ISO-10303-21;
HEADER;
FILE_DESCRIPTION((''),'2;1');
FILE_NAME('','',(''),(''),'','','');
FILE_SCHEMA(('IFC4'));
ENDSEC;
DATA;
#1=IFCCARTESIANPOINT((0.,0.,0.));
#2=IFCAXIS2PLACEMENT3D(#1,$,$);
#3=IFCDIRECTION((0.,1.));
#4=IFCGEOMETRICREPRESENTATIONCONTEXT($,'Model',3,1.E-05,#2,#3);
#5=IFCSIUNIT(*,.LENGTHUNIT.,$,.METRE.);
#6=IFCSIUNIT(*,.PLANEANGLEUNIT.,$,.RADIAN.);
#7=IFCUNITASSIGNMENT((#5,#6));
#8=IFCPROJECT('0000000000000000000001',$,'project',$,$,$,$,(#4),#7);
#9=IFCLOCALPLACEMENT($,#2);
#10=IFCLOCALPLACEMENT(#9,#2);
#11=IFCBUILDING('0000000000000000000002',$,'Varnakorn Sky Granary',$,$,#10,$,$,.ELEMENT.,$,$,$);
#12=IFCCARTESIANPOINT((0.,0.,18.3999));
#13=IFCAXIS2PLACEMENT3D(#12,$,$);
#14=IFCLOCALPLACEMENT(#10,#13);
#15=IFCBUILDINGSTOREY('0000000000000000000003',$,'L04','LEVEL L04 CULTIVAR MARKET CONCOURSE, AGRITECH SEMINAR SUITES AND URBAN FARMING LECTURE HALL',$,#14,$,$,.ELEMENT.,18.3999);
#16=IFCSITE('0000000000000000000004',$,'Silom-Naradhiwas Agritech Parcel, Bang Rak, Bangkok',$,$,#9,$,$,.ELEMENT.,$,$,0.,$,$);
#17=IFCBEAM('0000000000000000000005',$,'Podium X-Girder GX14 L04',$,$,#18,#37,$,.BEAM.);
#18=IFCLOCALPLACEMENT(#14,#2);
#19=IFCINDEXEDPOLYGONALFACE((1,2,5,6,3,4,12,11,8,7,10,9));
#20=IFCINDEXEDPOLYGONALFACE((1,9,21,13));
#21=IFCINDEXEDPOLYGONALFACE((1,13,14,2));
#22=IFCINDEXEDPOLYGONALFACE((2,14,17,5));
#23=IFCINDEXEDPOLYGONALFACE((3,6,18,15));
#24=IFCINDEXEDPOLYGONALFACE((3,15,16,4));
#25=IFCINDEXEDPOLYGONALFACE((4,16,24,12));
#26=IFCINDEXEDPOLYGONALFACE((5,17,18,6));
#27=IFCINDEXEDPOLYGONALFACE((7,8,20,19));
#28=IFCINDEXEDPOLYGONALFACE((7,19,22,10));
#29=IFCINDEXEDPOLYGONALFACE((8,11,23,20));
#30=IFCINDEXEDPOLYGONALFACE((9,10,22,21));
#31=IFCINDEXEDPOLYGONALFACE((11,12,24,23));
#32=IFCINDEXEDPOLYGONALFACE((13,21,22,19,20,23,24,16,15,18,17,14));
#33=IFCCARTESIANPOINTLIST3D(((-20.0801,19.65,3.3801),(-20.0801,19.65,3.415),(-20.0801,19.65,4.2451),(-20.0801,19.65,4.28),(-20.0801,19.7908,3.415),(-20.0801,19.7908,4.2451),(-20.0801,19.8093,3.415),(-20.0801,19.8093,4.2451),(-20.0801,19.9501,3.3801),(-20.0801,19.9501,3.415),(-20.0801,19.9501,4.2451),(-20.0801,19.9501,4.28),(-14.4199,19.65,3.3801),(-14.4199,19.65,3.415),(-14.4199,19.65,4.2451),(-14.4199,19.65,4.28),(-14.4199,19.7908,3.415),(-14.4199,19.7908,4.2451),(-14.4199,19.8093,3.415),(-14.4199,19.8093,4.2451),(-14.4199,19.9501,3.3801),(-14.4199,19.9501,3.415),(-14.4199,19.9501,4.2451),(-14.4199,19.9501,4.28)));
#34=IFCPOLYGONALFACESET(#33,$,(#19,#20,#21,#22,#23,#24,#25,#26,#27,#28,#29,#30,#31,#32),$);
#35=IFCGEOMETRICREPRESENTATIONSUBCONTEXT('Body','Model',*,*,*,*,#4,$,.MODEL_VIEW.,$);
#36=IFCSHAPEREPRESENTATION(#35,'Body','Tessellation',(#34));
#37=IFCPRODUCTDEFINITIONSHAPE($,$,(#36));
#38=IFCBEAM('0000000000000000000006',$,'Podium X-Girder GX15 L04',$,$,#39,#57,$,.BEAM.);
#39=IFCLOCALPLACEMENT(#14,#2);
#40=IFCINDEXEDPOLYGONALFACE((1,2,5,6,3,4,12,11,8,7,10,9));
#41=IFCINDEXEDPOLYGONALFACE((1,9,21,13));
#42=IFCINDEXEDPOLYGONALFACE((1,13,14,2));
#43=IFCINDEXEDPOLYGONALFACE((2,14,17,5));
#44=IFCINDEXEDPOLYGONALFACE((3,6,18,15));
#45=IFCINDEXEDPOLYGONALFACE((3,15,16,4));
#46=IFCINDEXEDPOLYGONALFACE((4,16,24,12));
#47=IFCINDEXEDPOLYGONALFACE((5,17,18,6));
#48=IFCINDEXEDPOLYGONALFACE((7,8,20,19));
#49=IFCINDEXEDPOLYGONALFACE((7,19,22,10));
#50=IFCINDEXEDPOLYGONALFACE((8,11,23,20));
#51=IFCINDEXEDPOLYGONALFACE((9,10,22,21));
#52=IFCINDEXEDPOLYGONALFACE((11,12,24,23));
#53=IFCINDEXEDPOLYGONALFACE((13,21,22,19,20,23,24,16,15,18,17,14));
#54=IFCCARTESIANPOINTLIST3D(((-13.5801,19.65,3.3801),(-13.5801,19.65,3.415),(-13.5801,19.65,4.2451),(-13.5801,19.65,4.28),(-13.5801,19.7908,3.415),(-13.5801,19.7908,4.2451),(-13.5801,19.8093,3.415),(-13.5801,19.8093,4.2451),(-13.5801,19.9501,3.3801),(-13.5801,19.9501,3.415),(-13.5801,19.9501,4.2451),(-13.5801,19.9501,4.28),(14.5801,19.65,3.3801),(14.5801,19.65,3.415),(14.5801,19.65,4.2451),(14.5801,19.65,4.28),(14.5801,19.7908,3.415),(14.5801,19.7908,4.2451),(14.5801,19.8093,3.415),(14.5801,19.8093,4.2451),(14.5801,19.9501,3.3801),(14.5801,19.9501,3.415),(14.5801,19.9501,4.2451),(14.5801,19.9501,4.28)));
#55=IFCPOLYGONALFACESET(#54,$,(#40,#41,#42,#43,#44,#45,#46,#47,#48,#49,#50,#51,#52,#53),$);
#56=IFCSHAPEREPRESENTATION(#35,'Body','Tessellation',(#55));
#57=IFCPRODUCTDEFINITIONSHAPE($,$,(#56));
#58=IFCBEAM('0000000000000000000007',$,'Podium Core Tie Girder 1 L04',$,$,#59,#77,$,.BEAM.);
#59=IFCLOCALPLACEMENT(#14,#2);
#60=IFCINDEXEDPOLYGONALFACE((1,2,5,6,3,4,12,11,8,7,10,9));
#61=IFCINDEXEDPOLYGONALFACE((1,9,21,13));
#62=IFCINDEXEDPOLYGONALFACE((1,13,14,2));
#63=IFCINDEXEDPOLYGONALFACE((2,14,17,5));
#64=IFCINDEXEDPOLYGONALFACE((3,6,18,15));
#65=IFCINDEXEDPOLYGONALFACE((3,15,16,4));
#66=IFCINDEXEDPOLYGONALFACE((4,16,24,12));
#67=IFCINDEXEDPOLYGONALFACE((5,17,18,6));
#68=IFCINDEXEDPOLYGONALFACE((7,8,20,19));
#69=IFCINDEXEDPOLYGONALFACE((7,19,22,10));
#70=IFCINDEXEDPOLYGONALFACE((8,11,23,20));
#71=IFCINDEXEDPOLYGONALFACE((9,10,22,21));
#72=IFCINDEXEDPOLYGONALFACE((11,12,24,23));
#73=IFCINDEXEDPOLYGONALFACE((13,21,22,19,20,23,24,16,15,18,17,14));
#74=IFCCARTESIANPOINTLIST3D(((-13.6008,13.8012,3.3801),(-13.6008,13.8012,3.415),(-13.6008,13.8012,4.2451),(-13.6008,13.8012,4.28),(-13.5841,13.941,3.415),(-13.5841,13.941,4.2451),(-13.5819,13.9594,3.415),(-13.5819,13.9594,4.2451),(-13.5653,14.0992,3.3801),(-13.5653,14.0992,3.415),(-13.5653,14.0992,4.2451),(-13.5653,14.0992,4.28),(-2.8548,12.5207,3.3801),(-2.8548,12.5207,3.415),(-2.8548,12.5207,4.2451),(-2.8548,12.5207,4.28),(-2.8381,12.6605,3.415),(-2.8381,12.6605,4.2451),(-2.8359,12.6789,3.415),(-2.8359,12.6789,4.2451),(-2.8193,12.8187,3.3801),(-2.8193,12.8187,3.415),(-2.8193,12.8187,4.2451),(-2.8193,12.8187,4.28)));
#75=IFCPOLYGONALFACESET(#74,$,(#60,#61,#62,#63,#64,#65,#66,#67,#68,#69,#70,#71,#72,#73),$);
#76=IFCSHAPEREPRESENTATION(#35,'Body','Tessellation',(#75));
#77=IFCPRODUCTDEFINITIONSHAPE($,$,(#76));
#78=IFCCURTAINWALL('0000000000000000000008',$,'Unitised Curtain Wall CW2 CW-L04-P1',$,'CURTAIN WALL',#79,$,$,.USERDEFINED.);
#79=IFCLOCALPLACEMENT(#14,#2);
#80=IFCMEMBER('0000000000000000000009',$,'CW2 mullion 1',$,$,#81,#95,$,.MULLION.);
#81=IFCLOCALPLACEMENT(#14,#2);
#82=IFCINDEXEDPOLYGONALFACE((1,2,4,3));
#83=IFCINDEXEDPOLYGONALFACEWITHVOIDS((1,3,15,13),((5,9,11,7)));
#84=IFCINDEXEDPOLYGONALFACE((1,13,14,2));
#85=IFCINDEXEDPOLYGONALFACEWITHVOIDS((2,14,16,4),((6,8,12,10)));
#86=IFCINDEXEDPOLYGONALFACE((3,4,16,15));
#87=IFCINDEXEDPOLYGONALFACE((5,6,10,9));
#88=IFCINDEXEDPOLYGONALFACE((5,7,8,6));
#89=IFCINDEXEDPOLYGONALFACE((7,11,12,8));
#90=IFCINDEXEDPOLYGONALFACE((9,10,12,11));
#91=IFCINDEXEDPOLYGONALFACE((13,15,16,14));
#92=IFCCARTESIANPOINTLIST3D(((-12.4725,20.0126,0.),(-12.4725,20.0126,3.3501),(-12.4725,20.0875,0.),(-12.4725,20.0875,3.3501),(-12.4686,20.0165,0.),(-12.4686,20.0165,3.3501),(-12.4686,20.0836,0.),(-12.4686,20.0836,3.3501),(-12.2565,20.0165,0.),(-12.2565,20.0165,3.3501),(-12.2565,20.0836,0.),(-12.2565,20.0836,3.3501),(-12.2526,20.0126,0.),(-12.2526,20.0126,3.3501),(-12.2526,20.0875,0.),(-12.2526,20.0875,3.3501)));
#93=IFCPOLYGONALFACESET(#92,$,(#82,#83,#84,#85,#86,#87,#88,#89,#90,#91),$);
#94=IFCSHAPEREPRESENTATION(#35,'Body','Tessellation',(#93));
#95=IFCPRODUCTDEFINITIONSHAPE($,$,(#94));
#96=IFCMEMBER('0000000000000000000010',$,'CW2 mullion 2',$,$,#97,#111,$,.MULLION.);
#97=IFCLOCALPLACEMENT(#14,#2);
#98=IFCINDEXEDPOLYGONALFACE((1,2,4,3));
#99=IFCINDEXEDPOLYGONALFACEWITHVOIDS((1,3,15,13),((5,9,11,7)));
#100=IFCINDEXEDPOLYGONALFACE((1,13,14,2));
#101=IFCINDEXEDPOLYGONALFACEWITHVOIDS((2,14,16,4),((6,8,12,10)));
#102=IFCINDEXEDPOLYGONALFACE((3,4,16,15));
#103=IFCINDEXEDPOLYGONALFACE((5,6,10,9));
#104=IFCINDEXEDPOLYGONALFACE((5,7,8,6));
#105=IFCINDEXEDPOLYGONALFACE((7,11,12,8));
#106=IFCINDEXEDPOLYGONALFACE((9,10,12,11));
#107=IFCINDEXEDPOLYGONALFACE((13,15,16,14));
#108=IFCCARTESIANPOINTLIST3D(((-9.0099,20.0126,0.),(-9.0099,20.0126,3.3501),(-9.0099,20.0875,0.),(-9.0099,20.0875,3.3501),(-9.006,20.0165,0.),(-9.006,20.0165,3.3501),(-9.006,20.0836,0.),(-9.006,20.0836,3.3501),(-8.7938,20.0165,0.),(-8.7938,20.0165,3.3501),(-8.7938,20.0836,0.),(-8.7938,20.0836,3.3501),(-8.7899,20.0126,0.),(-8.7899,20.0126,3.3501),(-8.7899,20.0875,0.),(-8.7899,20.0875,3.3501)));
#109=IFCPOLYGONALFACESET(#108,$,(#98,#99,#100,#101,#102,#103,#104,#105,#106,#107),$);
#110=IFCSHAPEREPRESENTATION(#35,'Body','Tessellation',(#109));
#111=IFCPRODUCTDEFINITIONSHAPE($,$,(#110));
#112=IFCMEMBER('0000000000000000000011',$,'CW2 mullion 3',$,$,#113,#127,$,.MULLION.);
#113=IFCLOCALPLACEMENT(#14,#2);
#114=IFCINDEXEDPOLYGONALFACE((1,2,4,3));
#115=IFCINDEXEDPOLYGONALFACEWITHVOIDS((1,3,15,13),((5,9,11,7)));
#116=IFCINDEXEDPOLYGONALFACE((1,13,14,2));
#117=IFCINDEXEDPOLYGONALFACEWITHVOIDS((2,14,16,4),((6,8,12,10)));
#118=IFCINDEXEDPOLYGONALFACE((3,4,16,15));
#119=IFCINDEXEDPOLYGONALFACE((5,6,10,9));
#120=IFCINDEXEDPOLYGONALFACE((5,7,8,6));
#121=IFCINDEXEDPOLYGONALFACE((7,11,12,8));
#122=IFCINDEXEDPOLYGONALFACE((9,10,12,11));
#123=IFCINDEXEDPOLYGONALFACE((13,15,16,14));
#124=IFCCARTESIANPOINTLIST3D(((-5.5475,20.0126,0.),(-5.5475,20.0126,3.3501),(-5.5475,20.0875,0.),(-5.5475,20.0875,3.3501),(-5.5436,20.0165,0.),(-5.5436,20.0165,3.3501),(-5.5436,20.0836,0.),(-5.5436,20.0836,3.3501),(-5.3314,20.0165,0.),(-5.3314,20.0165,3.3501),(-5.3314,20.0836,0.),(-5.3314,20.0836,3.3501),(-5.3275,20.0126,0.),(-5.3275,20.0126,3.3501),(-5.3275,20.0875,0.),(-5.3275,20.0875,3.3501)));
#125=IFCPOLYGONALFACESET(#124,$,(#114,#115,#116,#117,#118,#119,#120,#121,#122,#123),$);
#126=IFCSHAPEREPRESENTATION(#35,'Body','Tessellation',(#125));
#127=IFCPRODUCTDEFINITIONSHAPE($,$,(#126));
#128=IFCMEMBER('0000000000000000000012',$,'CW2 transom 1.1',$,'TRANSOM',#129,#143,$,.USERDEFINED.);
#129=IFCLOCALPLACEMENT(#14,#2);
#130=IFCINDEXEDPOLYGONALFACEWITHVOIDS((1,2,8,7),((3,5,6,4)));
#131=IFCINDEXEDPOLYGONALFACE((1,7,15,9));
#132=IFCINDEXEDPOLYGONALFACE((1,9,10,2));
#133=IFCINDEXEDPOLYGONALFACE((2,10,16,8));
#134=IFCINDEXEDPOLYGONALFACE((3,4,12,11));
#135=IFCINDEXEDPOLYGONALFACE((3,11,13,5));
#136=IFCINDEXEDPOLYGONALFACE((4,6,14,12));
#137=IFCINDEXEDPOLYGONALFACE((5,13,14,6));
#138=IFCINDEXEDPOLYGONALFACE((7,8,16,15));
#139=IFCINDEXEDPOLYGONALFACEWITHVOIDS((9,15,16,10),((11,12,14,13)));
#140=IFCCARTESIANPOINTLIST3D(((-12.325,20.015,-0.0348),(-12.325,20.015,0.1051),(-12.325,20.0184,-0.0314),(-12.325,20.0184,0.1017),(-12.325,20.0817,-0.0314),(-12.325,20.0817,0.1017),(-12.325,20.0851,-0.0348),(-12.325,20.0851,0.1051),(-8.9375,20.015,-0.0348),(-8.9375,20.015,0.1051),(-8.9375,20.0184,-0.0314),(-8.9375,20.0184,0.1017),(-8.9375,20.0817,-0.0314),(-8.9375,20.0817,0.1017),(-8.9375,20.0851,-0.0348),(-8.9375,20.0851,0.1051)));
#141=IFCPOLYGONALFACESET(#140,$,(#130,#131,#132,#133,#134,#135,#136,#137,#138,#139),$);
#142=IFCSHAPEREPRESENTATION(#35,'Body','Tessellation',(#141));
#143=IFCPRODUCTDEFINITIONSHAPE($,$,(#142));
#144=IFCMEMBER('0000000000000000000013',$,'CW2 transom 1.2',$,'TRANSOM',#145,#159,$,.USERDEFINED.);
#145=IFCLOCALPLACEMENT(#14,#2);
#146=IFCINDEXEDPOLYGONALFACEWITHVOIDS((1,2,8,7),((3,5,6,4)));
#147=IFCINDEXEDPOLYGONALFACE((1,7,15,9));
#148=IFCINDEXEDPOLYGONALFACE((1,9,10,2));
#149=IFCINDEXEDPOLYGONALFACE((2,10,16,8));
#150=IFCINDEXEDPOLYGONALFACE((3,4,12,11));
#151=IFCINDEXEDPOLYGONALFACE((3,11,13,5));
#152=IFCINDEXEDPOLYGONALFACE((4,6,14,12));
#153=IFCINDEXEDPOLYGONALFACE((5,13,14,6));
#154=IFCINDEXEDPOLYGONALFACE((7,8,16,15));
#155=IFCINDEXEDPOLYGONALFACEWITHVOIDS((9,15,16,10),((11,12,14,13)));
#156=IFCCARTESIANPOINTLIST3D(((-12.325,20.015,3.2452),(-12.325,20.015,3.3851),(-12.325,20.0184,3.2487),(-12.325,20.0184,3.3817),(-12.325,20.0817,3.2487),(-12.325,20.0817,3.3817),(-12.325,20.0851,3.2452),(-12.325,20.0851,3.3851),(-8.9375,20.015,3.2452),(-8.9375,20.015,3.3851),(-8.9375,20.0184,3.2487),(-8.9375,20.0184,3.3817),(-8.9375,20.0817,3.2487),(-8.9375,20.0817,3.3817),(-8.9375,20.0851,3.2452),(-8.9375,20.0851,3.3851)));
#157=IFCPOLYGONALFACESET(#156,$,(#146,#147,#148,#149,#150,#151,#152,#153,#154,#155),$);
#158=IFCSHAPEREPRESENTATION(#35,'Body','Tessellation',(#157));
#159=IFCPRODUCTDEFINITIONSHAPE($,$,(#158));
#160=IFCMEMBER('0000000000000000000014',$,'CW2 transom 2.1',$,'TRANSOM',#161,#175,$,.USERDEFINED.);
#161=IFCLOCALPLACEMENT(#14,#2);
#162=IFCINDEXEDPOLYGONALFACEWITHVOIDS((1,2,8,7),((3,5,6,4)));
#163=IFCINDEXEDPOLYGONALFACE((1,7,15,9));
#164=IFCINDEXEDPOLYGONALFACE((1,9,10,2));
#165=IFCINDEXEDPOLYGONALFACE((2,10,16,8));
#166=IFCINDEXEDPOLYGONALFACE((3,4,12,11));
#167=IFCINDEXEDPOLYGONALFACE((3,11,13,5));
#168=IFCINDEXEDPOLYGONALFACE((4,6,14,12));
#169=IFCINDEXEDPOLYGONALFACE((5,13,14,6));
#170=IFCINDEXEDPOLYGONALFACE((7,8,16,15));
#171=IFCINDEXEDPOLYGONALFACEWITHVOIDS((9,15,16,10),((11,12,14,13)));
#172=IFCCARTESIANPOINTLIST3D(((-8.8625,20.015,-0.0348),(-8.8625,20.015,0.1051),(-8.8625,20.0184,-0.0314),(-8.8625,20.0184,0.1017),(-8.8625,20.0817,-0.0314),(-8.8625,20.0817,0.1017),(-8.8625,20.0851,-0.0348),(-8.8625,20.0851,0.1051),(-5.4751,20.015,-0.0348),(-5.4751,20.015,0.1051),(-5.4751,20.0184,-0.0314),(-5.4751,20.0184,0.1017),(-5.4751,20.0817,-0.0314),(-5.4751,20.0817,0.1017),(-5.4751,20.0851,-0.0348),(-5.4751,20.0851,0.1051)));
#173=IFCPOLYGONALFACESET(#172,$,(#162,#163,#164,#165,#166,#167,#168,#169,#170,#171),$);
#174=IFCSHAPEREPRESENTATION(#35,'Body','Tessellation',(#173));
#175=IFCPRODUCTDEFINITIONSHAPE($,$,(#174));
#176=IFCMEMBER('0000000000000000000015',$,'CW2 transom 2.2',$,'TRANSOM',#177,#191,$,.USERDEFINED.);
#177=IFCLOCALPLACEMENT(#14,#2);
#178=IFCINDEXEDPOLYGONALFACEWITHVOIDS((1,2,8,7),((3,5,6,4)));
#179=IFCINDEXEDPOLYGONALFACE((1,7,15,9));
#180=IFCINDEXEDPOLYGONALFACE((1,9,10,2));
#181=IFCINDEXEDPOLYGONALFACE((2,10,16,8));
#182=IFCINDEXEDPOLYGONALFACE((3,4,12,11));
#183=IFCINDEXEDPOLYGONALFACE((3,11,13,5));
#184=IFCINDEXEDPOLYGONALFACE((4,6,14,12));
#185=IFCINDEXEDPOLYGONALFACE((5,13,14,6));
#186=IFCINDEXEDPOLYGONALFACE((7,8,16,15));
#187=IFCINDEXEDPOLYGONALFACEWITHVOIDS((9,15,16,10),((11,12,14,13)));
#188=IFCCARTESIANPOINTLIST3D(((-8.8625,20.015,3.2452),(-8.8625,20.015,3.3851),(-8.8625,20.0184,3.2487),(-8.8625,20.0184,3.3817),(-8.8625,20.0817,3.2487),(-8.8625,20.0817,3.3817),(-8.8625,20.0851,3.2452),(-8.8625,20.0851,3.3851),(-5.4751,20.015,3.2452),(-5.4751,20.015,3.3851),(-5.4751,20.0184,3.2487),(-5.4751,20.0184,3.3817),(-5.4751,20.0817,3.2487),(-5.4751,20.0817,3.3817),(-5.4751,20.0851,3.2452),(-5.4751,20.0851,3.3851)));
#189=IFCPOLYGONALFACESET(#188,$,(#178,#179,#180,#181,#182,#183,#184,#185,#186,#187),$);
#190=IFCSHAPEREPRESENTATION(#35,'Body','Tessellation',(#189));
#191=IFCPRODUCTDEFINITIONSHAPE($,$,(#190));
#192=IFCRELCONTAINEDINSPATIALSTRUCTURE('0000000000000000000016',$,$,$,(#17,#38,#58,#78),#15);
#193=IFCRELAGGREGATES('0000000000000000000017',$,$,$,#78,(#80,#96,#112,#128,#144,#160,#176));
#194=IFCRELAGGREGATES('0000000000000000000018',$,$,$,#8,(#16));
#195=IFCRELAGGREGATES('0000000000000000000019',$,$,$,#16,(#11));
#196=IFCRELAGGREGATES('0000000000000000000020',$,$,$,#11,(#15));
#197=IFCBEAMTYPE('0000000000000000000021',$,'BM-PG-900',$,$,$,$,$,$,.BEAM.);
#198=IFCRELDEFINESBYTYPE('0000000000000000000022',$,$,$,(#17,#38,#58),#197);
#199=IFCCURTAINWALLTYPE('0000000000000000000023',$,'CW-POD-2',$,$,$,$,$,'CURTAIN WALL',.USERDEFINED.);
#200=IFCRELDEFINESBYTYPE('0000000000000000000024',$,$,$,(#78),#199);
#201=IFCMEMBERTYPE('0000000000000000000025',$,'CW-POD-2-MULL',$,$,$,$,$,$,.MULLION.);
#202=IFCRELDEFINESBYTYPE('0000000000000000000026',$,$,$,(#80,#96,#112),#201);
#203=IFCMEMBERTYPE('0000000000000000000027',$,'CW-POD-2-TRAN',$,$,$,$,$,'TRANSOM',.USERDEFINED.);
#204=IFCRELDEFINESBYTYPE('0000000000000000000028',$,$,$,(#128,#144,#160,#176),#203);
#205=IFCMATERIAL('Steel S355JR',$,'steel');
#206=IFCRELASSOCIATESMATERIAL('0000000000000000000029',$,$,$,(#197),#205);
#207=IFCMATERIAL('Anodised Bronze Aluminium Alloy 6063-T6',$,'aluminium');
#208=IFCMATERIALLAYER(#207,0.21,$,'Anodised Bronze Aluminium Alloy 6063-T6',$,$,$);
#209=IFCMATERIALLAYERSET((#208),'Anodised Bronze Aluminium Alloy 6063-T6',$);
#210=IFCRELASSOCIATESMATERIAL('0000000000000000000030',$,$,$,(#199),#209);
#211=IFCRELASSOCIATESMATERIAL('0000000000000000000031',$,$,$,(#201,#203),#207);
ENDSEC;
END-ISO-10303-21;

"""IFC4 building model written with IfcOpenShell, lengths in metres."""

from ifc_helpers import new_model, si_unit, direction, frame, origin, origin_2d, place, context, subcontext, project, spatial, hollow_rectangle, i_section, extrude, material, layer, layer_set, material_profile, profile_set, type_object, element, aggregate, save


model = new_model("IFC4")

# Units and contexts
model_context = context("Model", 3, precision=1e-05, world=origin(), true_north=direction((0.0, 1.0)))
body_context = subcontext(model_context, "Body", "Model", "MODEL_VIEW")
ifc_project = project(units=[si_unit("LENGTHUNIT", "METRE"), si_unit("PLANEANGLEUNIT", "RADIAN")], contexts=[model_context])

# Site, building, storey
site_placement = place(None, origin())
site = spatial("IfcSite", under=ifc_project, at=site_placement, Name="Silom-Naradhiwas Agritech Parcel, Bang Rak, Bangkok", CompositionType="ELEMENT", RefElevation=0.0)
building_placement = place(site_placement, origin())
building = spatial("IfcBuilding", under=site, at=building_placement, Name="Varnakorn Sky Granary", CompositionType="ELEMENT")
storey_placement = place(building_placement, frame((0.0, 0.0, 18.3999)))
storey = spatial("IfcBuildingStorey", under=building, at=storey_placement, Name="L04", Description="LEVEL L04 CULTIVAR MARKET CONCOURSE, AGRITECH SEMINAR SUITES AND URBAN FARMING LECTURE HALL", CompositionType="ELEMENT", Elevation=18.3999)

# Beams
ifc_material_1 = material(Name="Steel S355JR", Category="steel")
ifc_material_profile_1 = material_profile(ifc_material_1, i_section(OverallWidth=0.3, OverallDepth=0.8999, WebThickness=0.0186, FlangeThickness=0.0349, at=origin_2d()), Name="HE 900 B")
ifc_profile_set_1 = profile_set([ifc_material_profile_1], Name="Steel S355JR")
beam_type_1 = type_object("IfcBeamType", Name="BM-PG-900", PredefinedType="BEAM", material=ifc_profile_set_1)
beam_1_placement = place(storey_placement, frame((-20.0801, 19.8, 3.8301), z_axis=(1.0, 0.0, 0.0), x_axis=(0.0, 1.0, 0.0)))
element("IfcBeam", 1, at=beam_1_placement, inside=storey, type_object=beam_type_1, Name="Podium X-Girder GX14 L04", PredefinedType="BEAM", context=body_context, shape_type="SweptSolid", body=[
    extrude(i_section(OverallWidth=0.3, OverallDepth=0.8999, WebThickness=0.0186, FlangeThickness=0.0349, at=origin_2d()), origin(), (0.0, 0.0, 1.0), 5.6602),
])
beam_2_placement = place(storey_placement, frame((-13.5801, 19.8, 3.8301), z_axis=(1.0, 0.0, 0.0), x_axis=(0.0, 1.0, 0.0)))
element("IfcBeam", 2, at=beam_2_placement, inside=storey, type_object=beam_type_1, Name="Podium X-Girder GX15 L04", PredefinedType="BEAM", context=body_context, shape_type="SweptSolid", body=[
    extrude(i_section(OverallWidth=0.3, OverallDepth=0.8999, WebThickness=0.0186, FlangeThickness=0.0349, at=origin_2d()), origin(), (0.0, 0.0, 1.0), 28.1602),
])
beam_3_placement = place(storey_placement, frame((-13.583, 13.9502, 3.8301), z_axis=(0.992975, -0.118324, 0.0), x_axis=(0.118324, 0.992975, 0.0)))
element("IfcBeam", 3, at=beam_3_placement, inside=storey, type_object=beam_type_1, Name="Podium Core Tie Girder 1 L04", PredefinedType="BEAM", context=body_context, shape_type="SweptSolid", body=[
    extrude(i_section(OverallWidth=0.3, OverallDepth=0.8999, WebThickness=0.0186, FlangeThickness=0.0349, at=origin_2d()), origin(), (0.0, 0.0, 1.0), 10.822),
])

# Curtain wall, members
ifc_material_2 = material(Name="Anodised Bronze Aluminium Alloy 6063-T6", Category="aluminium")
ifc_layer_1 = layer(ifc_material_2, 0.21, Name="Anodised Bronze Aluminium Alloy 6063-T6")
ifc_layer_set_1 = layer_set([ifc_layer_1], Name="Anodised Bronze Aluminium Alloy 6063-T6")
curtain_wall_type = type_object("IfcCurtainWallType", Name="CW-POD-2", ElementType="CURTAIN WALL", PredefinedType="USERDEFINED", material=ifc_layer_set_1)
curtain_wall_placement = place(storey_placement, origin())
curtain_wall = element("IfcCurtainWall", 4, at=curtain_wall_placement, inside=storey, type_object=curtain_wall_type, Name="Unitised Curtain Wall CW2 CW-L04-P1", ObjectType="CURTAIN WALL", PredefinedType="USERDEFINED")
ifc_material_profile_2 = material_profile(ifc_material_2, hollow_rectangle(XDim=0.075, YDim=0.22, WallThickness=0.0039, at=origin_2d()), Name="ALU MULL 75x220")
ifc_profile_set_2 = profile_set([ifc_material_profile_2], Name="Anodised Bronze Aluminium Alloy 6063-T6")
member_type_1 = type_object("IfcMemberType", Name="CW-POD-2-MULL", PredefinedType="MULLION", material=ifc_profile_set_2)
member_1_placement = place(storey_placement, frame((-12.3625, 20.05, 0.0), z_axis=(0.0, 0.0, 1.0), x_axis=(0.0, 1.0, 0.0)))
member_1 = element("IfcMember", 5, at=member_1_placement, type_object=member_type_1, Name="CW2 mullion 1", PredefinedType="MULLION", context=body_context, shape_type="SweptSolid", body=[
    extrude(hollow_rectangle(XDim=0.075, YDim=0.22, WallThickness=0.0039, at=origin_2d()), origin(), (0.0, 0.0, 1.0), 3.3501),
])
member_2_placement = place(storey_placement, frame((-8.8999, 20.05, 0.0), z_axis=(0.0, 0.0, 1.0), x_axis=(0.0, 1.0, 0.0)))
member_2 = element("IfcMember", 6, at=member_2_placement, type_object=member_type_1, Name="CW2 mullion 2", PredefinedType="MULLION", context=body_context, shape_type="SweptSolid", body=[
    extrude(hollow_rectangle(XDim=0.075, YDim=0.22, WallThickness=0.0039, at=origin_2d()), origin(), (0.0, 0.0, 1.0), 3.3501),
])
member_3_placement = place(storey_placement, frame((-5.4375, 20.05, 0.0), z_axis=(0.0, 0.0, 1.0), x_axis=(0.0, 1.0, 0.0)))
member_3 = element("IfcMember", 7, at=member_3_placement, type_object=member_type_1, Name="CW2 mullion 3", PredefinedType="MULLION", context=body_context, shape_type="SweptSolid", body=[
    extrude(hollow_rectangle(XDim=0.075, YDim=0.22, WallThickness=0.0039, at=origin_2d()), origin(), (0.0, 0.0, 1.0), 3.3501),
])
ifc_material_profile_3 = material_profile(ifc_material_2, hollow_rectangle(XDim=0.0701, YDim=0.1399, WallThickness=0.0034, at=origin_2d()), Name="ALU TRAN 70x140")
ifc_profile_set_3 = profile_set([ifc_material_profile_3], Name="Anodised Bronze Aluminium Alloy 6063-T6")
member_type_2 = type_object("IfcMemberType", Name="CW-POD-2-TRAN", ElementType="TRANSOM", PredefinedType="USERDEFINED", material=ifc_profile_set_3)
member_4_placement = place(storey_placement, frame((-12.325, 20.05, 0.0352), z_axis=(1.0, 0.0, 0.0), x_axis=(0.0, 1.0, 0.0)))
member_4 = element("IfcMember", 8, at=member_4_placement, type_object=member_type_2, Name="CW2 transom 1.1", ObjectType="TRANSOM", PredefinedType="USERDEFINED", context=body_context, shape_type="SweptSolid", body=[
    extrude(hollow_rectangle(XDim=0.0701, YDim=0.1399, WallThickness=0.0034, at=origin_2d()), origin(), (0.0, 0.0, 1.0), 3.3875),
])
member_5_placement = place(storey_placement, frame((-12.325, 20.05, 3.3152), z_axis=(1.0, 0.0, 0.0), x_axis=(0.0, 1.0, 0.0)))
member_5 = element("IfcMember", 9, at=member_5_placement, type_object=member_type_2, Name="CW2 transom 1.2", ObjectType="TRANSOM", PredefinedType="USERDEFINED", context=body_context, shape_type="SweptSolid", body=[
    extrude(hollow_rectangle(XDim=0.0701, YDim=0.1399, WallThickness=0.0034, at=origin_2d()), origin(), (0.0, 0.0, 1.0), 3.3875),
])
member_6_placement = place(storey_placement, frame((-8.8625, 20.05, 0.0352), z_axis=(1.0, 0.0, 0.0), x_axis=(0.0, 1.0, 0.0)))
member_6 = element("IfcMember", 10, at=member_6_placement, type_object=member_type_2, Name="CW2 transom 2.1", ObjectType="TRANSOM", PredefinedType="USERDEFINED", context=body_context, shape_type="SweptSolid", body=[
    extrude(hollow_rectangle(XDim=0.0701, YDim=0.1399, WallThickness=0.0034, at=origin_2d()), origin(), (0.0, 0.0, 1.0), 3.3875),
])
member_7_placement = place(storey_placement, frame((-8.8625, 20.05, 3.3152), z_axis=(1.0, 0.0, 0.0), x_axis=(0.0, 1.0, 0.0)))
member_7 = element("IfcMember", 11, at=member_7_placement, type_object=member_type_2, Name="CW2 transom 2.2", ObjectType="TRANSOM", PredefinedType="USERDEFINED", context=body_context, shape_type="SweptSolid", body=[
    extrude(hollow_rectangle(XDim=0.0701, YDim=0.1399, WallThickness=0.0034, at=origin_2d()), origin(), (0.0, 0.0, 1.0), 3.3875),
])
aggregate(curtain_wall, [member_1, member_2, member_3, member_4, member_5, member_6, member_7])

save(model, "model.ifc")
